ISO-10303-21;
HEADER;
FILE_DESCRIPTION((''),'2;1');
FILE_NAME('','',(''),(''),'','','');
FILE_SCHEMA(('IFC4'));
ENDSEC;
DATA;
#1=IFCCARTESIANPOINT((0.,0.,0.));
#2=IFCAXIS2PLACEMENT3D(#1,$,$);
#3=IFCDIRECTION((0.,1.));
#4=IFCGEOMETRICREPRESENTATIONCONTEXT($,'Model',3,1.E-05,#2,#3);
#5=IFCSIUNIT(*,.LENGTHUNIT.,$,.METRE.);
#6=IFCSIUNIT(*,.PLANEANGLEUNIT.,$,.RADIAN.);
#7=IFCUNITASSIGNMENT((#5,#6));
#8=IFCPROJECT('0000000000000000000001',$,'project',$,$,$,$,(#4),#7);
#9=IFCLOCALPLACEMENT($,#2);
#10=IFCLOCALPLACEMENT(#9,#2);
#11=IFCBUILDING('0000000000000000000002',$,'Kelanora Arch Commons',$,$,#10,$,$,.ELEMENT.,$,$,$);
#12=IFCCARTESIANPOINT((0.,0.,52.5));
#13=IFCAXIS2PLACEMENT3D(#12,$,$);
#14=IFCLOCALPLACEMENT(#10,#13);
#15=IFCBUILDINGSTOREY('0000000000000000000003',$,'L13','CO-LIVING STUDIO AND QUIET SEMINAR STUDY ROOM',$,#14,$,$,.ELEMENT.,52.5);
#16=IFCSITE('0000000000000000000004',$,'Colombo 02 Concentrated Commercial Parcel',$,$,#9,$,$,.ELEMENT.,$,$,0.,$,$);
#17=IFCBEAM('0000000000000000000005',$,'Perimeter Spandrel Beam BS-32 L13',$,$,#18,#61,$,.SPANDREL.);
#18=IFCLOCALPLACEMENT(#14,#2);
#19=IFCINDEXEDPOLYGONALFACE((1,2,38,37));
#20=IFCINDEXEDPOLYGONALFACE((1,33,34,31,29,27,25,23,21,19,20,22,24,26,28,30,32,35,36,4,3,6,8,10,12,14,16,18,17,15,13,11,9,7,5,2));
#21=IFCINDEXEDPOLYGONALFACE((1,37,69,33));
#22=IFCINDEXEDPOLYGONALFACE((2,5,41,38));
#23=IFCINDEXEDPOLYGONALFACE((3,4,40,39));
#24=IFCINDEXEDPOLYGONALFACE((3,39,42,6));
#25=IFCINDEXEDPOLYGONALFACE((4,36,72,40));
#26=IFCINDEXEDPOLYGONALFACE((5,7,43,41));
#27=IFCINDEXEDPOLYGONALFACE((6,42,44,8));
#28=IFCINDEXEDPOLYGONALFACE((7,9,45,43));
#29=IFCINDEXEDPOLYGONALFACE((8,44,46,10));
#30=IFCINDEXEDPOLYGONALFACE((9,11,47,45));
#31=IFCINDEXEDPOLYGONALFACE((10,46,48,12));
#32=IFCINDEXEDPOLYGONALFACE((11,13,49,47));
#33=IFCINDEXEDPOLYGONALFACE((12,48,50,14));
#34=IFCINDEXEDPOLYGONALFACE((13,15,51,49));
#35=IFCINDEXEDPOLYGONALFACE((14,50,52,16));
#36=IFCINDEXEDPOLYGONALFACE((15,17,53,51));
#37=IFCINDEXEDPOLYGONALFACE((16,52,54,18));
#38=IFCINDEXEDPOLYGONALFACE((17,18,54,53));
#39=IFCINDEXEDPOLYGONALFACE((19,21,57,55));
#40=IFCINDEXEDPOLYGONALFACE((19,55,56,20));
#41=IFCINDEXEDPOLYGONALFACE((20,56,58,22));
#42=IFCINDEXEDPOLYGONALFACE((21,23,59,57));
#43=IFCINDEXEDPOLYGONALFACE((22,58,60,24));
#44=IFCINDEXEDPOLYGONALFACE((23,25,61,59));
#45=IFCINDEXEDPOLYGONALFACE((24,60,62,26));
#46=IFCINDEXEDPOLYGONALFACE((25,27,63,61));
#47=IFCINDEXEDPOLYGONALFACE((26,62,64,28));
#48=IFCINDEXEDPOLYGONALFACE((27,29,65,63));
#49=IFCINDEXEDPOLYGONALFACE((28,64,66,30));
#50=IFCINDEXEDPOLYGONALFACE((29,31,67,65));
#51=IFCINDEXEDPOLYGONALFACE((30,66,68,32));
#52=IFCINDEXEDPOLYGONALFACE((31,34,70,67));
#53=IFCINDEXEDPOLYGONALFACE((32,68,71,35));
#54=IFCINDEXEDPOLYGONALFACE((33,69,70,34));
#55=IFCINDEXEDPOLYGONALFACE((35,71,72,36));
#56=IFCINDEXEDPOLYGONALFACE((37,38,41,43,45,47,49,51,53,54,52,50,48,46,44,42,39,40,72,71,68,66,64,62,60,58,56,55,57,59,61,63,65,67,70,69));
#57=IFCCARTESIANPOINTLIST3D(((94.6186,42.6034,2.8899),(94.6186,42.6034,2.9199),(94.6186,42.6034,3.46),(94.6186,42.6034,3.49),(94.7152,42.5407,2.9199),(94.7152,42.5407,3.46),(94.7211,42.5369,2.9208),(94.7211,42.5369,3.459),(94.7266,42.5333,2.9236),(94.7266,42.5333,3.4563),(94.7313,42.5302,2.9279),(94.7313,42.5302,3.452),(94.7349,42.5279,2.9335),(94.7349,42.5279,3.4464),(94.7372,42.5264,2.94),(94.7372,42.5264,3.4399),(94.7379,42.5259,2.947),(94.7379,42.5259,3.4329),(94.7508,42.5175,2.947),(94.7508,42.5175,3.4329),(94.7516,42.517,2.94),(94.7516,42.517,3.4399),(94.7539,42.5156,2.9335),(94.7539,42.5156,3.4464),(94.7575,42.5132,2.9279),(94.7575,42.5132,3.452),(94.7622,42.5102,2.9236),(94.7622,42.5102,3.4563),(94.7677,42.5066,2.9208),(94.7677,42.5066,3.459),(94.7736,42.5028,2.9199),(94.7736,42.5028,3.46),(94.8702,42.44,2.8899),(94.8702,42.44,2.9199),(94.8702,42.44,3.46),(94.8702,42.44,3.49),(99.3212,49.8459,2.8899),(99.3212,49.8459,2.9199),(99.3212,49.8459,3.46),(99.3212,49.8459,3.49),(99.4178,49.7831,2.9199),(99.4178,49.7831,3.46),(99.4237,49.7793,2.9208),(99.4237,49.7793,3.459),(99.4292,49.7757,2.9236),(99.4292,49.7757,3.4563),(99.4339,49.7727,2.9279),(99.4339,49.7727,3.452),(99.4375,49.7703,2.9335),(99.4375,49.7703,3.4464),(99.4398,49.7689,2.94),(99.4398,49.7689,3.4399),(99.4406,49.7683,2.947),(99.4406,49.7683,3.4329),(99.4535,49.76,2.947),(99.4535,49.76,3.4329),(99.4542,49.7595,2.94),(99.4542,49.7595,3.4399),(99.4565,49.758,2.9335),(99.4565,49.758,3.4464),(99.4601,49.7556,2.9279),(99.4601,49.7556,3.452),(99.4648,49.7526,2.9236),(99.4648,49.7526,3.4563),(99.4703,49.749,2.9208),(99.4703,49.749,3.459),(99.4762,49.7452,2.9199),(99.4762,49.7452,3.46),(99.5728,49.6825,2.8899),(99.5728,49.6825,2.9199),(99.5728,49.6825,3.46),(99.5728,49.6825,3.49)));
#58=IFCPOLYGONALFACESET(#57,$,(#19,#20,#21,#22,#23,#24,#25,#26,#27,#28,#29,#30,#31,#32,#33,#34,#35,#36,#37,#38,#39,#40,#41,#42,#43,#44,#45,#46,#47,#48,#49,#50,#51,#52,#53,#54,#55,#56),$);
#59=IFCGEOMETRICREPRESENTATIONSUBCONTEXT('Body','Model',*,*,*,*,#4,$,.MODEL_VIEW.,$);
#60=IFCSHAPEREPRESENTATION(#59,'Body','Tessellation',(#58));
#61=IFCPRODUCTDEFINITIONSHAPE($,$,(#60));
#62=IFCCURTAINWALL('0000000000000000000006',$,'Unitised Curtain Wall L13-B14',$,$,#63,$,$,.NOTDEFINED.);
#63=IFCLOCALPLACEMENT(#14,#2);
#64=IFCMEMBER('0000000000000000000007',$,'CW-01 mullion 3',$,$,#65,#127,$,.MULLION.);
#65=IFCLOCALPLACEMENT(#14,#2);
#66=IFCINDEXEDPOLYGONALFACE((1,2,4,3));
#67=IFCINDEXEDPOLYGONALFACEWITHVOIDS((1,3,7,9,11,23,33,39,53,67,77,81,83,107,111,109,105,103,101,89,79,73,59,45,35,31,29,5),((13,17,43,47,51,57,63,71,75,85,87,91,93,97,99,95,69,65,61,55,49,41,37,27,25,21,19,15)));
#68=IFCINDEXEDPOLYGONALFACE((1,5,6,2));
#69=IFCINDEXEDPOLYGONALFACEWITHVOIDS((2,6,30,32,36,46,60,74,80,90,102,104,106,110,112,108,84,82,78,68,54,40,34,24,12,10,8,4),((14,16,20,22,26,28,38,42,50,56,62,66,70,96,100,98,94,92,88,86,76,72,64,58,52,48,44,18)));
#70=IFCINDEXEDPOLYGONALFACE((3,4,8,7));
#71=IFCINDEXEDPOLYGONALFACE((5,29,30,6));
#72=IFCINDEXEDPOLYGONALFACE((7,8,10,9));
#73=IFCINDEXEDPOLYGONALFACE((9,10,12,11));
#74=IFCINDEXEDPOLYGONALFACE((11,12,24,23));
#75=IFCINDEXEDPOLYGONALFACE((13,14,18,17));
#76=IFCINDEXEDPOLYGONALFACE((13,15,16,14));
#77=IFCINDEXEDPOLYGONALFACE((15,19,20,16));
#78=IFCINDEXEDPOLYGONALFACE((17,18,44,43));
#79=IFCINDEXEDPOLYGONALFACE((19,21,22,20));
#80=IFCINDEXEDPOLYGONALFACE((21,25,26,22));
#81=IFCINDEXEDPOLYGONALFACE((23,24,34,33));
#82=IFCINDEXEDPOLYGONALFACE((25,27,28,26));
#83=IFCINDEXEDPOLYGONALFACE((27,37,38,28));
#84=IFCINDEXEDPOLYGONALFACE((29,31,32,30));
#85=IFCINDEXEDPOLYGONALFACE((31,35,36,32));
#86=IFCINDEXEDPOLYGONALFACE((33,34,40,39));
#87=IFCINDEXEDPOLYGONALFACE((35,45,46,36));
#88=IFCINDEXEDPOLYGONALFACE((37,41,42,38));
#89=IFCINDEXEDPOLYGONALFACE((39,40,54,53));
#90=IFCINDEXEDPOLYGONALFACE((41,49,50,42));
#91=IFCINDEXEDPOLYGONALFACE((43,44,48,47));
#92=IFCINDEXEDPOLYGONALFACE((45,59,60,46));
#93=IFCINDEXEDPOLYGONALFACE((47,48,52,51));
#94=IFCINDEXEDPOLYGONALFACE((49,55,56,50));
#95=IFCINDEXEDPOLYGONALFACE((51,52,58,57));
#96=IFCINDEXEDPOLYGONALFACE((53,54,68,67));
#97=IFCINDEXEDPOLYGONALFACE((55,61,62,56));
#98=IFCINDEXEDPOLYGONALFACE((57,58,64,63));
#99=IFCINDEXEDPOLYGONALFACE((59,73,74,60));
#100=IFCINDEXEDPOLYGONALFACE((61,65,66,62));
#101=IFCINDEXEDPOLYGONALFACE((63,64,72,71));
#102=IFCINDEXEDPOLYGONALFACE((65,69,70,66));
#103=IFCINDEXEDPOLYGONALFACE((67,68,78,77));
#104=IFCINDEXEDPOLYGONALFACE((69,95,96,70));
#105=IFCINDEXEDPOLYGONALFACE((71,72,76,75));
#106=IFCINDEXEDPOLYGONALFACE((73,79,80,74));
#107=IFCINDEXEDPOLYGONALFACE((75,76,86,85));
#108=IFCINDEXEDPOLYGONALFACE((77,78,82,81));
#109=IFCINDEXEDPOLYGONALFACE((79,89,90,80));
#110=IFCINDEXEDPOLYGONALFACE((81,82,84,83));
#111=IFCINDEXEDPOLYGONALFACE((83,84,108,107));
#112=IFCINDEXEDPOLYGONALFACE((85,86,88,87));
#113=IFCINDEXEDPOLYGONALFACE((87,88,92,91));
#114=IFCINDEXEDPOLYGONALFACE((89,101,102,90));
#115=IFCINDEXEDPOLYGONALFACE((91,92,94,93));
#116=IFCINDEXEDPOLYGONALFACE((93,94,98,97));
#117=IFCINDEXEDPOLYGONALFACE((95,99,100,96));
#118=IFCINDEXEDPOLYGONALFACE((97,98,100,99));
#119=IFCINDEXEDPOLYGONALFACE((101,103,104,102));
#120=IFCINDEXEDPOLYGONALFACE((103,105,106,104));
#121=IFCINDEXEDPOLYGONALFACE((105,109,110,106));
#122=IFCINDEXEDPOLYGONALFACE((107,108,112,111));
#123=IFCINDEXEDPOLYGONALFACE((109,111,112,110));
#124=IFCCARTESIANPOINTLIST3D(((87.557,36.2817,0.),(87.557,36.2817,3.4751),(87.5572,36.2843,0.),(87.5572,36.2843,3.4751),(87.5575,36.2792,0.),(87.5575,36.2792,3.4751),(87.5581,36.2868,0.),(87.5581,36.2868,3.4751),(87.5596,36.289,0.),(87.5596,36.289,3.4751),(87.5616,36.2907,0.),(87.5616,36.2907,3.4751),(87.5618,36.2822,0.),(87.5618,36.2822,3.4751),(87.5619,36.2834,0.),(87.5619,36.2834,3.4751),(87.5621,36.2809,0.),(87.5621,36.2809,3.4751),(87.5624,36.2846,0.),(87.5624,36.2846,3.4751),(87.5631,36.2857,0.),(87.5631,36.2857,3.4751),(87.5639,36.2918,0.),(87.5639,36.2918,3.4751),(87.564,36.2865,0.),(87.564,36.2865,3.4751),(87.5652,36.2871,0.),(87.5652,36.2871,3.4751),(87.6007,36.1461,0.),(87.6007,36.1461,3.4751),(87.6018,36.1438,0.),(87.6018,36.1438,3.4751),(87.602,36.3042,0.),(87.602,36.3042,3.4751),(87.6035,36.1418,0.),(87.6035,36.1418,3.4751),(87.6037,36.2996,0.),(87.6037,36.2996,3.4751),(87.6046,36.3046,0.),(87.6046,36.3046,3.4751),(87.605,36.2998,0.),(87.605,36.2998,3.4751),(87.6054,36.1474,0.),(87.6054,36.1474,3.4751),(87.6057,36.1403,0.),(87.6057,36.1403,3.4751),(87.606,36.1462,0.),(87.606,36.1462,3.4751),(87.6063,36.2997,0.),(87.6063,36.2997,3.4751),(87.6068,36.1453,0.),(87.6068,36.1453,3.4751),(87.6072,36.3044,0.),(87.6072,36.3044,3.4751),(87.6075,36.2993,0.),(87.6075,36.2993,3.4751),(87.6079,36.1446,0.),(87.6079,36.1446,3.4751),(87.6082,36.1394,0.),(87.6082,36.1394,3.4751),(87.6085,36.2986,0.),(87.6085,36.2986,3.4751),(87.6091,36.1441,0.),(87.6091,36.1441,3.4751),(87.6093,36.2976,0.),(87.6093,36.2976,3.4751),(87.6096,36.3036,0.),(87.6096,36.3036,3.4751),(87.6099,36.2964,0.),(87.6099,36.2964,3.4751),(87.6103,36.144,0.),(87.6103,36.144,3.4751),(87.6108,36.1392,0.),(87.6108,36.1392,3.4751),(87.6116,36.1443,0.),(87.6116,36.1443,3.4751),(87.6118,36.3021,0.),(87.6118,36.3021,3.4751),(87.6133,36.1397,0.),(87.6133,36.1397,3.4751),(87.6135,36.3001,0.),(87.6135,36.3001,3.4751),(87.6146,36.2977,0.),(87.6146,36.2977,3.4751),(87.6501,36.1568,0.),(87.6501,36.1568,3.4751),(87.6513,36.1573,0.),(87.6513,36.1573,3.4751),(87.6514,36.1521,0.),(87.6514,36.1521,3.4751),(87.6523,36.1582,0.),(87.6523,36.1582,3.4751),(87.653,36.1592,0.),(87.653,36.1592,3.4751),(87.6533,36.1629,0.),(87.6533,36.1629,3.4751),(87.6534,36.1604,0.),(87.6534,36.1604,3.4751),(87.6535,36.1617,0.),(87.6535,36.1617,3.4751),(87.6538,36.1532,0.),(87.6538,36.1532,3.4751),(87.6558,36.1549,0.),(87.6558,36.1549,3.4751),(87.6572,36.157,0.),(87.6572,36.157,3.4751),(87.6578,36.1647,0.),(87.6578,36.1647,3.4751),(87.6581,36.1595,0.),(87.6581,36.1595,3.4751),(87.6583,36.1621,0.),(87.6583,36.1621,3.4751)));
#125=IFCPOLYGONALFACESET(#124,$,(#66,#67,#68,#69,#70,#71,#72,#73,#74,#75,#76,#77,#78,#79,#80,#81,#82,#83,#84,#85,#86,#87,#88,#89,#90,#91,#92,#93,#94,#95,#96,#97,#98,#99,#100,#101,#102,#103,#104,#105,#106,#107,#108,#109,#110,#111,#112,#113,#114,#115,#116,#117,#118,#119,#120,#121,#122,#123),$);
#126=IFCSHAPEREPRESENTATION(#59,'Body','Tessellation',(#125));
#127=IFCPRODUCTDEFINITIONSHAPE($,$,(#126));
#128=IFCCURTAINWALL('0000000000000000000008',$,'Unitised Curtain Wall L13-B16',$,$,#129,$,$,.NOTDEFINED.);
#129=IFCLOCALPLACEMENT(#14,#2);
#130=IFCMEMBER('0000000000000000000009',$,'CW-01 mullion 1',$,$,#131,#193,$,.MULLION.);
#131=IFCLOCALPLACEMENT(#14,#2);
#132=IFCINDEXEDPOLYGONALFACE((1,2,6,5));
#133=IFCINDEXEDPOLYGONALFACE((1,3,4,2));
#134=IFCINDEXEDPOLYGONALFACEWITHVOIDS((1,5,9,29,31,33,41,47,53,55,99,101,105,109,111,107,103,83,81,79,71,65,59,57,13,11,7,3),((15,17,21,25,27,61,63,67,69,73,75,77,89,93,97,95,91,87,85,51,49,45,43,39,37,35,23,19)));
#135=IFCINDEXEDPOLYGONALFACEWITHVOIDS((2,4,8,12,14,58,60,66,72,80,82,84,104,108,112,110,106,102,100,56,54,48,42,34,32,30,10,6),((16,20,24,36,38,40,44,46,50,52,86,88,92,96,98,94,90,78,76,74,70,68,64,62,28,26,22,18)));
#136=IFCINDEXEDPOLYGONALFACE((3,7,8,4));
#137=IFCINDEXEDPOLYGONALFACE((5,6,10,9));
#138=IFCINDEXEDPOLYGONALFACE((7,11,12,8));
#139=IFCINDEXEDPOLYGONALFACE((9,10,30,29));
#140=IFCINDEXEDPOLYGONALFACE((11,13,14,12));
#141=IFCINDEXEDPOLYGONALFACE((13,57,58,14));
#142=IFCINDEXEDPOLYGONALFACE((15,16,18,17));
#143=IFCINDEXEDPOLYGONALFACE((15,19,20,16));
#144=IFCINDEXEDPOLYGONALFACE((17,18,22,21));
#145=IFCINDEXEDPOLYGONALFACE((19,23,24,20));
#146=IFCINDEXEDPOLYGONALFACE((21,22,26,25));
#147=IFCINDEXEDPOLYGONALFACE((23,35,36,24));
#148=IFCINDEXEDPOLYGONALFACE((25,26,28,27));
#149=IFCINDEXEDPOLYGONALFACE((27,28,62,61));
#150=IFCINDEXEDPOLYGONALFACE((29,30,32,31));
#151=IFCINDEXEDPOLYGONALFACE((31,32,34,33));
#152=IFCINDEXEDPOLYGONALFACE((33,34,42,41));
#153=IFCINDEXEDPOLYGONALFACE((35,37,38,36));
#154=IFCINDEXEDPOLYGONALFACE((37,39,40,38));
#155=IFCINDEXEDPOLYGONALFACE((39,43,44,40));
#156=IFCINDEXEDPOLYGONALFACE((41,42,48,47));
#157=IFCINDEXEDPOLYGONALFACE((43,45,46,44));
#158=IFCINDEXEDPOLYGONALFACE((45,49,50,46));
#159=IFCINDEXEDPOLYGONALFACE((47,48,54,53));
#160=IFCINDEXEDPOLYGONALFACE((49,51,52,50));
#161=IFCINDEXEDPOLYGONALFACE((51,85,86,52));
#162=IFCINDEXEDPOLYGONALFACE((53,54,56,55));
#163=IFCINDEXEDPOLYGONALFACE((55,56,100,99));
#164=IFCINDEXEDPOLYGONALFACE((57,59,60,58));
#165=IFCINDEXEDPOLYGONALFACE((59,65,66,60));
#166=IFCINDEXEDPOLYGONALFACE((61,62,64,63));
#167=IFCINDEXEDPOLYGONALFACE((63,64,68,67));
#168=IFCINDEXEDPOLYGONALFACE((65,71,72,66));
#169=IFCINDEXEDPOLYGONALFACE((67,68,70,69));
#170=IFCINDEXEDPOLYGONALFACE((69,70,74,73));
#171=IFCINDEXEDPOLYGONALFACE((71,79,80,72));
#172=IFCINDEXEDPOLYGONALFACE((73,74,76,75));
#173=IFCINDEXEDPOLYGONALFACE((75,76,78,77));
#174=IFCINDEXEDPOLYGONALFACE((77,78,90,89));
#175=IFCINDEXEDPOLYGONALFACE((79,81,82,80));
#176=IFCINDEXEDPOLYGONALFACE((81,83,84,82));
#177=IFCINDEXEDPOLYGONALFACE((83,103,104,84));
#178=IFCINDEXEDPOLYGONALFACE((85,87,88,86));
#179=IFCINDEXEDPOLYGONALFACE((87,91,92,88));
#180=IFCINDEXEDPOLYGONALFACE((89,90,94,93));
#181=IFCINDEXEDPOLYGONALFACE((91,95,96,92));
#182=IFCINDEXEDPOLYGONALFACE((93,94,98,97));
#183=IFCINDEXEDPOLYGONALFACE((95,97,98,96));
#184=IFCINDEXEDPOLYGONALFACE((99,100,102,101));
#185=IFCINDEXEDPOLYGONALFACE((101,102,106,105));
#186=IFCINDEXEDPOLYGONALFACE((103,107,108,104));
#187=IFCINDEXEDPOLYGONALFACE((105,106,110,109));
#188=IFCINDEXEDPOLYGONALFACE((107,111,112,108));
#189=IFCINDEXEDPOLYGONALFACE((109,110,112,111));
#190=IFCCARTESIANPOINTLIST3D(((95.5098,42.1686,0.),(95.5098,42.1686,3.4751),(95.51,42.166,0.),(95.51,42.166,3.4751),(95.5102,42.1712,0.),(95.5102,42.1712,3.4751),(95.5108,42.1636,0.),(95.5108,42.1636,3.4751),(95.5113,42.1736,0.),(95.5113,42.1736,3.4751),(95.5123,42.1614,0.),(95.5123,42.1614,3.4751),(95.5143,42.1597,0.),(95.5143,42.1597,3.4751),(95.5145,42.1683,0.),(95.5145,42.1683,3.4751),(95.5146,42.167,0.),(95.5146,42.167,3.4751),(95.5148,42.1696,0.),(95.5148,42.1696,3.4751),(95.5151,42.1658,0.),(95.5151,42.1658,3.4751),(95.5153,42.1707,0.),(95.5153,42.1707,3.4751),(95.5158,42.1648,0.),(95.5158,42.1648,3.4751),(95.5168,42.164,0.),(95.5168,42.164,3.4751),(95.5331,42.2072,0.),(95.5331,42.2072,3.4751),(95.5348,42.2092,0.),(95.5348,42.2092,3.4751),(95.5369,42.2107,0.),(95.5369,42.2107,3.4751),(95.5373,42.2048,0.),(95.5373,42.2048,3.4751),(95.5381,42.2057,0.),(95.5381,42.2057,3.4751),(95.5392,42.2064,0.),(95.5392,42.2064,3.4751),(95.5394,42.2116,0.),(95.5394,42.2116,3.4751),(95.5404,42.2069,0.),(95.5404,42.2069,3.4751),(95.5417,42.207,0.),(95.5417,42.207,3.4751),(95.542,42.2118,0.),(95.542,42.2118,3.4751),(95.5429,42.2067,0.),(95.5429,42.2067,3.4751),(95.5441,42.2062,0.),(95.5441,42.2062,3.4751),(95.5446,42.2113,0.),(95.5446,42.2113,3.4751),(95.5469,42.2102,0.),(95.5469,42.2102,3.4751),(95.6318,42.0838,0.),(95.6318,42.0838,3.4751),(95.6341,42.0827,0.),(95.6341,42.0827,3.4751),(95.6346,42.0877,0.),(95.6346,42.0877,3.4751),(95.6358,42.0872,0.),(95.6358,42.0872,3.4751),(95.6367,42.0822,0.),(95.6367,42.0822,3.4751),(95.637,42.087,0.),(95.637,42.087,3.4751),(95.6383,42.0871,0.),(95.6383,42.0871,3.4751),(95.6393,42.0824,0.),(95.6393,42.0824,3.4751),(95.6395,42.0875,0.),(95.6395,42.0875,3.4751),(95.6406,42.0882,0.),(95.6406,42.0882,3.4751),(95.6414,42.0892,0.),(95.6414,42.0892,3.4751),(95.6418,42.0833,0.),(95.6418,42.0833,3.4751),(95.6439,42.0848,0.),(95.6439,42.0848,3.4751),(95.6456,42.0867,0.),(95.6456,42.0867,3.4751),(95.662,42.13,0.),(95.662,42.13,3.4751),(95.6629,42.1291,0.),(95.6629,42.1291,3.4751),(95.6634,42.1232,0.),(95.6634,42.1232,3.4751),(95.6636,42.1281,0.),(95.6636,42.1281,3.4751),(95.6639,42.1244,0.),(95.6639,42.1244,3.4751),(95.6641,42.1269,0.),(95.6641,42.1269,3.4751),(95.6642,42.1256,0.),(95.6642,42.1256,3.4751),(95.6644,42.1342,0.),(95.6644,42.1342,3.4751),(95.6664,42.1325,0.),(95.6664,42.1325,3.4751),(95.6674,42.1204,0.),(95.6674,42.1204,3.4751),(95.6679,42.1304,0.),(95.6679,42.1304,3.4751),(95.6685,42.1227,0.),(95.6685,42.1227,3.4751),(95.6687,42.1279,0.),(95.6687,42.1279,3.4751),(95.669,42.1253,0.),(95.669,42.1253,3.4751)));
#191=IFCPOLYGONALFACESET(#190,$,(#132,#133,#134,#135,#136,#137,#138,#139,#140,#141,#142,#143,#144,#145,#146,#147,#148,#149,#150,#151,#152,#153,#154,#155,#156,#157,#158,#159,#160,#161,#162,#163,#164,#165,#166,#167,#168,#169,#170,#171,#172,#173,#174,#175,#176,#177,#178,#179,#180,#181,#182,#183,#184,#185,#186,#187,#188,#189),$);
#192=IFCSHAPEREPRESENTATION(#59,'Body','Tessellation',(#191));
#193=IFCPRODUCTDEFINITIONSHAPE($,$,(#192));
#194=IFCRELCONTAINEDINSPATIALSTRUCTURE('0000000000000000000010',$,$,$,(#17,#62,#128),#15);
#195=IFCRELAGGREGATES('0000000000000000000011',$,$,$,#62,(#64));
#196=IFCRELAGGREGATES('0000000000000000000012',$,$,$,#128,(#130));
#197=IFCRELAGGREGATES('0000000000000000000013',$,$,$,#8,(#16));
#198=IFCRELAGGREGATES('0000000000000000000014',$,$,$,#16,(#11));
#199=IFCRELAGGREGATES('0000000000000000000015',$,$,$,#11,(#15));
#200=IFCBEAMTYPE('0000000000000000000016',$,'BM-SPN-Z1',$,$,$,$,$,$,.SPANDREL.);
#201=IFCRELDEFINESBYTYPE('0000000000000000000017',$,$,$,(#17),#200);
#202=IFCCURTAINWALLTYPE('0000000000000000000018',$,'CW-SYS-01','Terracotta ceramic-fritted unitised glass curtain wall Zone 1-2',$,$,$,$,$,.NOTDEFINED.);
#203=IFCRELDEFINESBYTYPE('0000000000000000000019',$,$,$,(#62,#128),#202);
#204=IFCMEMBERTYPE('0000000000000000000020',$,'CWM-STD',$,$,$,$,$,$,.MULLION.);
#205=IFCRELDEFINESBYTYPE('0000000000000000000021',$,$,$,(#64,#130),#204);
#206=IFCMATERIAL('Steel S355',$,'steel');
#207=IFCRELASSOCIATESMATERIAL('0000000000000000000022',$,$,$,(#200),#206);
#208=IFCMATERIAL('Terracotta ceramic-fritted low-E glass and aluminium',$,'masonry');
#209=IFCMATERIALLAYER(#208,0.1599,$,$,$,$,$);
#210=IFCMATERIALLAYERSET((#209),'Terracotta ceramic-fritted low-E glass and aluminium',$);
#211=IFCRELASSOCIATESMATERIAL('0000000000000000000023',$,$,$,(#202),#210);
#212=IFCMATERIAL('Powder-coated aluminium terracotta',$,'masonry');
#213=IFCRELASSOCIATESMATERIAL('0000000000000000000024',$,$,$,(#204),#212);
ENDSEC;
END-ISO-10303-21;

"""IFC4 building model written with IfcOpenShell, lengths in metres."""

from ifc_helpers import new_model, si_unit, direction, frame, origin, origin_2d, place, context, subcontext, project, spatial, hollow_rectangle, i_section, extrude, material, layer, layer_set, material_profile, profile_set, type_object, element, aggregate, save


model = new_model("IFC4")

# Units and contexts
model_context = context("Model", 3, precision=1e-05, world=origin(), true_north=direction((0.0, 1.0)))
body_context = subcontext(model_context, "Body", "Model", "MODEL_VIEW")
ifc_project = project(units=[si_unit("LENGTHUNIT", "METRE"), si_unit("PLANEANGLEUNIT", "RADIAN")], contexts=[model_context])

# Site, building, storey
site_placement = place(None, origin())
site = spatial("IfcSite", under=ifc_project, at=site_placement, Name="Colombo 02 Concentrated Commercial Parcel", CompositionType="ELEMENT", RefElevation=0.0)
building_placement = place(site_placement, origin())
building = spatial("IfcBuilding", under=site, at=building_placement, Name="Kelanora Arch Commons", CompositionType="ELEMENT")
storey_placement = place(building_placement, frame((0.0, 0.0, 52.5)))
storey = spatial("IfcBuildingStorey", under=building, at=storey_placement, Name="L13", Description="CO-LIVING STUDIO AND QUIET SEMINAR STUDY ROOM", CompositionType="ELEMENT", Elevation=52.5)

# Beam
ifc_material_1 = material(Name="Steel S355", Category="steel")
ifc_material_profile_1 = material_profile(ifc_material_1, i_section(OverallWidth=0.3, OverallDepth=0.6001, WebThickness=0.0154, FlangeThickness=0.03, FilletRadius=0.0271, at=origin_2d()), Name="HEB600")
ifc_profile_set_1 = profile_set([ifc_material_profile_1], Name="Steel S355")
beam_type_1 = type_object("IfcBeamType", Name="BM-SPN-Z1", PredefinedType="SPANDREL", material=ifc_profile_set_1)
beam_1_placement = place(storey_placement, frame((94.7444, 42.5217, 3.1899), z_axis=(0.544586, 0.838705, 0.0), x_axis=(-0.838705, 0.544586, 0.0)))
element("IfcBeam", 1, at=beam_1_placement, inside=storey, type_object=beam_type_1, Name="Perimeter Spandrel Beam BS-32 L13", PredefinedType="SPANDREL", context=body_context, shape_type="SweptSolid", body=[
    extrude(i_section(OverallWidth=0.3, OverallDepth=0.6001, WebThickness=0.0154, FlangeThickness=0.03, FilletRadius=0.0271, at=origin_2d()), origin(), (0.0, 0.0, 1.0), 8.6353),
])

# Curtain wall, member
ifc_material_2 = material(Name="Terracotta ceramic-fritted low-E glass and aluminium", Category="masonry")
ifc_layer_1 = layer(ifc_material_2, 0.1599)
ifc_layer_set_1 = layer_set([ifc_layer_1], Name="Terracotta ceramic-fritted low-E glass and aluminium")
curtain_wall_type = type_object("IfcCurtainWallType", Name="CW-SYS-01", Description="Terracotta ceramic-fritted unitised glass curtain wall Zone 1-2", PredefinedType="NOTDEFINED", material=ifc_layer_set_1)
curtain_wall_1_placement = place(storey_placement, origin())
curtain_wall_1 = element("IfcCurtainWall", 2, at=curtain_wall_1_placement, inside=storey, type_object=curtain_wall_type, Name="Unitised Curtain Wall L13-B14", PredefinedType="NOTDEFINED")
ifc_material_3 = material(Name="Powder-coated aluminium terracotta", Category="masonry")
ifc_material_profile_2 = material_profile(ifc_material_3, hollow_rectangle(XDim=0.1599, YDim=0.0601, WallThickness=0.0049, InnerFilletRadius=0.0049, OuterFilletRadius=0.01, at=origin_2d()), Name="CWM160x60")
ifc_profile_set_2 = profile_set([ifc_material_profile_2], Name="Powder-coated aluminium terracotta")
member_type_1 = type_object("IfcMemberType", Name="CWM-STD", PredefinedType="MULLION", material=ifc_profile_set_2)
member_1_placement = place(storey_placement, frame((87.6077, 36.2219, 0.0), z_axis=(0.0, 0.0, 1.0), x_axis=(-0.309058, 0.951043, 0.0)))
member_1 = element("IfcMember", 3, at=member_1_placement, type_object=member_type_1, Name="CW-01 mullion 3", PredefinedType="MULLION", context=body_context, shape_type="SweptSolid", body=[
    extrude(hollow_rectangle(XDim=0.1599, YDim=0.0601, WallThickness=0.0049, InnerFilletRadius=0.0049, OuterFilletRadius=0.01, at=origin_2d()), origin(), (0.0, 0.0, 1.0), 3.4751),
])

# Curtain wall, member
curtain_wall_2_placement = place(storey_placement, origin())
curtain_wall_2 = element("IfcCurtainWall", 4, at=curtain_wall_2_placement, inside=storey, type_object=curtain_wall_type, Name="Unitised Curtain Wall L13-B16", PredefinedType="NOTDEFINED")
member_2_placement = place(storey_placement, frame((95.5894, 42.147, 0.0), z_axis=(0.0, 0.0, 1.0), x_axis=(-0.83973, 0.543004, 0.0)))
member_2 = element("IfcMember", 5, at=member_2_placement, type_object=member_type_1, Name="CW-01 mullion 1", PredefinedType="MULLION", context=body_context, shape_type="SweptSolid", body=[
    extrude(hollow_rectangle(XDim=0.1599, YDim=0.0601, WallThickness=0.0049, InnerFilletRadius=0.0049, OuterFilletRadius=0.01, at=origin_2d()), origin(), (0.0, 0.0, 1.0), 3.4751),
])

aggregate(curtain_wall_1, [member_1])
aggregate(curtain_wall_2, [member_2])

save(model, "model.ifc")
